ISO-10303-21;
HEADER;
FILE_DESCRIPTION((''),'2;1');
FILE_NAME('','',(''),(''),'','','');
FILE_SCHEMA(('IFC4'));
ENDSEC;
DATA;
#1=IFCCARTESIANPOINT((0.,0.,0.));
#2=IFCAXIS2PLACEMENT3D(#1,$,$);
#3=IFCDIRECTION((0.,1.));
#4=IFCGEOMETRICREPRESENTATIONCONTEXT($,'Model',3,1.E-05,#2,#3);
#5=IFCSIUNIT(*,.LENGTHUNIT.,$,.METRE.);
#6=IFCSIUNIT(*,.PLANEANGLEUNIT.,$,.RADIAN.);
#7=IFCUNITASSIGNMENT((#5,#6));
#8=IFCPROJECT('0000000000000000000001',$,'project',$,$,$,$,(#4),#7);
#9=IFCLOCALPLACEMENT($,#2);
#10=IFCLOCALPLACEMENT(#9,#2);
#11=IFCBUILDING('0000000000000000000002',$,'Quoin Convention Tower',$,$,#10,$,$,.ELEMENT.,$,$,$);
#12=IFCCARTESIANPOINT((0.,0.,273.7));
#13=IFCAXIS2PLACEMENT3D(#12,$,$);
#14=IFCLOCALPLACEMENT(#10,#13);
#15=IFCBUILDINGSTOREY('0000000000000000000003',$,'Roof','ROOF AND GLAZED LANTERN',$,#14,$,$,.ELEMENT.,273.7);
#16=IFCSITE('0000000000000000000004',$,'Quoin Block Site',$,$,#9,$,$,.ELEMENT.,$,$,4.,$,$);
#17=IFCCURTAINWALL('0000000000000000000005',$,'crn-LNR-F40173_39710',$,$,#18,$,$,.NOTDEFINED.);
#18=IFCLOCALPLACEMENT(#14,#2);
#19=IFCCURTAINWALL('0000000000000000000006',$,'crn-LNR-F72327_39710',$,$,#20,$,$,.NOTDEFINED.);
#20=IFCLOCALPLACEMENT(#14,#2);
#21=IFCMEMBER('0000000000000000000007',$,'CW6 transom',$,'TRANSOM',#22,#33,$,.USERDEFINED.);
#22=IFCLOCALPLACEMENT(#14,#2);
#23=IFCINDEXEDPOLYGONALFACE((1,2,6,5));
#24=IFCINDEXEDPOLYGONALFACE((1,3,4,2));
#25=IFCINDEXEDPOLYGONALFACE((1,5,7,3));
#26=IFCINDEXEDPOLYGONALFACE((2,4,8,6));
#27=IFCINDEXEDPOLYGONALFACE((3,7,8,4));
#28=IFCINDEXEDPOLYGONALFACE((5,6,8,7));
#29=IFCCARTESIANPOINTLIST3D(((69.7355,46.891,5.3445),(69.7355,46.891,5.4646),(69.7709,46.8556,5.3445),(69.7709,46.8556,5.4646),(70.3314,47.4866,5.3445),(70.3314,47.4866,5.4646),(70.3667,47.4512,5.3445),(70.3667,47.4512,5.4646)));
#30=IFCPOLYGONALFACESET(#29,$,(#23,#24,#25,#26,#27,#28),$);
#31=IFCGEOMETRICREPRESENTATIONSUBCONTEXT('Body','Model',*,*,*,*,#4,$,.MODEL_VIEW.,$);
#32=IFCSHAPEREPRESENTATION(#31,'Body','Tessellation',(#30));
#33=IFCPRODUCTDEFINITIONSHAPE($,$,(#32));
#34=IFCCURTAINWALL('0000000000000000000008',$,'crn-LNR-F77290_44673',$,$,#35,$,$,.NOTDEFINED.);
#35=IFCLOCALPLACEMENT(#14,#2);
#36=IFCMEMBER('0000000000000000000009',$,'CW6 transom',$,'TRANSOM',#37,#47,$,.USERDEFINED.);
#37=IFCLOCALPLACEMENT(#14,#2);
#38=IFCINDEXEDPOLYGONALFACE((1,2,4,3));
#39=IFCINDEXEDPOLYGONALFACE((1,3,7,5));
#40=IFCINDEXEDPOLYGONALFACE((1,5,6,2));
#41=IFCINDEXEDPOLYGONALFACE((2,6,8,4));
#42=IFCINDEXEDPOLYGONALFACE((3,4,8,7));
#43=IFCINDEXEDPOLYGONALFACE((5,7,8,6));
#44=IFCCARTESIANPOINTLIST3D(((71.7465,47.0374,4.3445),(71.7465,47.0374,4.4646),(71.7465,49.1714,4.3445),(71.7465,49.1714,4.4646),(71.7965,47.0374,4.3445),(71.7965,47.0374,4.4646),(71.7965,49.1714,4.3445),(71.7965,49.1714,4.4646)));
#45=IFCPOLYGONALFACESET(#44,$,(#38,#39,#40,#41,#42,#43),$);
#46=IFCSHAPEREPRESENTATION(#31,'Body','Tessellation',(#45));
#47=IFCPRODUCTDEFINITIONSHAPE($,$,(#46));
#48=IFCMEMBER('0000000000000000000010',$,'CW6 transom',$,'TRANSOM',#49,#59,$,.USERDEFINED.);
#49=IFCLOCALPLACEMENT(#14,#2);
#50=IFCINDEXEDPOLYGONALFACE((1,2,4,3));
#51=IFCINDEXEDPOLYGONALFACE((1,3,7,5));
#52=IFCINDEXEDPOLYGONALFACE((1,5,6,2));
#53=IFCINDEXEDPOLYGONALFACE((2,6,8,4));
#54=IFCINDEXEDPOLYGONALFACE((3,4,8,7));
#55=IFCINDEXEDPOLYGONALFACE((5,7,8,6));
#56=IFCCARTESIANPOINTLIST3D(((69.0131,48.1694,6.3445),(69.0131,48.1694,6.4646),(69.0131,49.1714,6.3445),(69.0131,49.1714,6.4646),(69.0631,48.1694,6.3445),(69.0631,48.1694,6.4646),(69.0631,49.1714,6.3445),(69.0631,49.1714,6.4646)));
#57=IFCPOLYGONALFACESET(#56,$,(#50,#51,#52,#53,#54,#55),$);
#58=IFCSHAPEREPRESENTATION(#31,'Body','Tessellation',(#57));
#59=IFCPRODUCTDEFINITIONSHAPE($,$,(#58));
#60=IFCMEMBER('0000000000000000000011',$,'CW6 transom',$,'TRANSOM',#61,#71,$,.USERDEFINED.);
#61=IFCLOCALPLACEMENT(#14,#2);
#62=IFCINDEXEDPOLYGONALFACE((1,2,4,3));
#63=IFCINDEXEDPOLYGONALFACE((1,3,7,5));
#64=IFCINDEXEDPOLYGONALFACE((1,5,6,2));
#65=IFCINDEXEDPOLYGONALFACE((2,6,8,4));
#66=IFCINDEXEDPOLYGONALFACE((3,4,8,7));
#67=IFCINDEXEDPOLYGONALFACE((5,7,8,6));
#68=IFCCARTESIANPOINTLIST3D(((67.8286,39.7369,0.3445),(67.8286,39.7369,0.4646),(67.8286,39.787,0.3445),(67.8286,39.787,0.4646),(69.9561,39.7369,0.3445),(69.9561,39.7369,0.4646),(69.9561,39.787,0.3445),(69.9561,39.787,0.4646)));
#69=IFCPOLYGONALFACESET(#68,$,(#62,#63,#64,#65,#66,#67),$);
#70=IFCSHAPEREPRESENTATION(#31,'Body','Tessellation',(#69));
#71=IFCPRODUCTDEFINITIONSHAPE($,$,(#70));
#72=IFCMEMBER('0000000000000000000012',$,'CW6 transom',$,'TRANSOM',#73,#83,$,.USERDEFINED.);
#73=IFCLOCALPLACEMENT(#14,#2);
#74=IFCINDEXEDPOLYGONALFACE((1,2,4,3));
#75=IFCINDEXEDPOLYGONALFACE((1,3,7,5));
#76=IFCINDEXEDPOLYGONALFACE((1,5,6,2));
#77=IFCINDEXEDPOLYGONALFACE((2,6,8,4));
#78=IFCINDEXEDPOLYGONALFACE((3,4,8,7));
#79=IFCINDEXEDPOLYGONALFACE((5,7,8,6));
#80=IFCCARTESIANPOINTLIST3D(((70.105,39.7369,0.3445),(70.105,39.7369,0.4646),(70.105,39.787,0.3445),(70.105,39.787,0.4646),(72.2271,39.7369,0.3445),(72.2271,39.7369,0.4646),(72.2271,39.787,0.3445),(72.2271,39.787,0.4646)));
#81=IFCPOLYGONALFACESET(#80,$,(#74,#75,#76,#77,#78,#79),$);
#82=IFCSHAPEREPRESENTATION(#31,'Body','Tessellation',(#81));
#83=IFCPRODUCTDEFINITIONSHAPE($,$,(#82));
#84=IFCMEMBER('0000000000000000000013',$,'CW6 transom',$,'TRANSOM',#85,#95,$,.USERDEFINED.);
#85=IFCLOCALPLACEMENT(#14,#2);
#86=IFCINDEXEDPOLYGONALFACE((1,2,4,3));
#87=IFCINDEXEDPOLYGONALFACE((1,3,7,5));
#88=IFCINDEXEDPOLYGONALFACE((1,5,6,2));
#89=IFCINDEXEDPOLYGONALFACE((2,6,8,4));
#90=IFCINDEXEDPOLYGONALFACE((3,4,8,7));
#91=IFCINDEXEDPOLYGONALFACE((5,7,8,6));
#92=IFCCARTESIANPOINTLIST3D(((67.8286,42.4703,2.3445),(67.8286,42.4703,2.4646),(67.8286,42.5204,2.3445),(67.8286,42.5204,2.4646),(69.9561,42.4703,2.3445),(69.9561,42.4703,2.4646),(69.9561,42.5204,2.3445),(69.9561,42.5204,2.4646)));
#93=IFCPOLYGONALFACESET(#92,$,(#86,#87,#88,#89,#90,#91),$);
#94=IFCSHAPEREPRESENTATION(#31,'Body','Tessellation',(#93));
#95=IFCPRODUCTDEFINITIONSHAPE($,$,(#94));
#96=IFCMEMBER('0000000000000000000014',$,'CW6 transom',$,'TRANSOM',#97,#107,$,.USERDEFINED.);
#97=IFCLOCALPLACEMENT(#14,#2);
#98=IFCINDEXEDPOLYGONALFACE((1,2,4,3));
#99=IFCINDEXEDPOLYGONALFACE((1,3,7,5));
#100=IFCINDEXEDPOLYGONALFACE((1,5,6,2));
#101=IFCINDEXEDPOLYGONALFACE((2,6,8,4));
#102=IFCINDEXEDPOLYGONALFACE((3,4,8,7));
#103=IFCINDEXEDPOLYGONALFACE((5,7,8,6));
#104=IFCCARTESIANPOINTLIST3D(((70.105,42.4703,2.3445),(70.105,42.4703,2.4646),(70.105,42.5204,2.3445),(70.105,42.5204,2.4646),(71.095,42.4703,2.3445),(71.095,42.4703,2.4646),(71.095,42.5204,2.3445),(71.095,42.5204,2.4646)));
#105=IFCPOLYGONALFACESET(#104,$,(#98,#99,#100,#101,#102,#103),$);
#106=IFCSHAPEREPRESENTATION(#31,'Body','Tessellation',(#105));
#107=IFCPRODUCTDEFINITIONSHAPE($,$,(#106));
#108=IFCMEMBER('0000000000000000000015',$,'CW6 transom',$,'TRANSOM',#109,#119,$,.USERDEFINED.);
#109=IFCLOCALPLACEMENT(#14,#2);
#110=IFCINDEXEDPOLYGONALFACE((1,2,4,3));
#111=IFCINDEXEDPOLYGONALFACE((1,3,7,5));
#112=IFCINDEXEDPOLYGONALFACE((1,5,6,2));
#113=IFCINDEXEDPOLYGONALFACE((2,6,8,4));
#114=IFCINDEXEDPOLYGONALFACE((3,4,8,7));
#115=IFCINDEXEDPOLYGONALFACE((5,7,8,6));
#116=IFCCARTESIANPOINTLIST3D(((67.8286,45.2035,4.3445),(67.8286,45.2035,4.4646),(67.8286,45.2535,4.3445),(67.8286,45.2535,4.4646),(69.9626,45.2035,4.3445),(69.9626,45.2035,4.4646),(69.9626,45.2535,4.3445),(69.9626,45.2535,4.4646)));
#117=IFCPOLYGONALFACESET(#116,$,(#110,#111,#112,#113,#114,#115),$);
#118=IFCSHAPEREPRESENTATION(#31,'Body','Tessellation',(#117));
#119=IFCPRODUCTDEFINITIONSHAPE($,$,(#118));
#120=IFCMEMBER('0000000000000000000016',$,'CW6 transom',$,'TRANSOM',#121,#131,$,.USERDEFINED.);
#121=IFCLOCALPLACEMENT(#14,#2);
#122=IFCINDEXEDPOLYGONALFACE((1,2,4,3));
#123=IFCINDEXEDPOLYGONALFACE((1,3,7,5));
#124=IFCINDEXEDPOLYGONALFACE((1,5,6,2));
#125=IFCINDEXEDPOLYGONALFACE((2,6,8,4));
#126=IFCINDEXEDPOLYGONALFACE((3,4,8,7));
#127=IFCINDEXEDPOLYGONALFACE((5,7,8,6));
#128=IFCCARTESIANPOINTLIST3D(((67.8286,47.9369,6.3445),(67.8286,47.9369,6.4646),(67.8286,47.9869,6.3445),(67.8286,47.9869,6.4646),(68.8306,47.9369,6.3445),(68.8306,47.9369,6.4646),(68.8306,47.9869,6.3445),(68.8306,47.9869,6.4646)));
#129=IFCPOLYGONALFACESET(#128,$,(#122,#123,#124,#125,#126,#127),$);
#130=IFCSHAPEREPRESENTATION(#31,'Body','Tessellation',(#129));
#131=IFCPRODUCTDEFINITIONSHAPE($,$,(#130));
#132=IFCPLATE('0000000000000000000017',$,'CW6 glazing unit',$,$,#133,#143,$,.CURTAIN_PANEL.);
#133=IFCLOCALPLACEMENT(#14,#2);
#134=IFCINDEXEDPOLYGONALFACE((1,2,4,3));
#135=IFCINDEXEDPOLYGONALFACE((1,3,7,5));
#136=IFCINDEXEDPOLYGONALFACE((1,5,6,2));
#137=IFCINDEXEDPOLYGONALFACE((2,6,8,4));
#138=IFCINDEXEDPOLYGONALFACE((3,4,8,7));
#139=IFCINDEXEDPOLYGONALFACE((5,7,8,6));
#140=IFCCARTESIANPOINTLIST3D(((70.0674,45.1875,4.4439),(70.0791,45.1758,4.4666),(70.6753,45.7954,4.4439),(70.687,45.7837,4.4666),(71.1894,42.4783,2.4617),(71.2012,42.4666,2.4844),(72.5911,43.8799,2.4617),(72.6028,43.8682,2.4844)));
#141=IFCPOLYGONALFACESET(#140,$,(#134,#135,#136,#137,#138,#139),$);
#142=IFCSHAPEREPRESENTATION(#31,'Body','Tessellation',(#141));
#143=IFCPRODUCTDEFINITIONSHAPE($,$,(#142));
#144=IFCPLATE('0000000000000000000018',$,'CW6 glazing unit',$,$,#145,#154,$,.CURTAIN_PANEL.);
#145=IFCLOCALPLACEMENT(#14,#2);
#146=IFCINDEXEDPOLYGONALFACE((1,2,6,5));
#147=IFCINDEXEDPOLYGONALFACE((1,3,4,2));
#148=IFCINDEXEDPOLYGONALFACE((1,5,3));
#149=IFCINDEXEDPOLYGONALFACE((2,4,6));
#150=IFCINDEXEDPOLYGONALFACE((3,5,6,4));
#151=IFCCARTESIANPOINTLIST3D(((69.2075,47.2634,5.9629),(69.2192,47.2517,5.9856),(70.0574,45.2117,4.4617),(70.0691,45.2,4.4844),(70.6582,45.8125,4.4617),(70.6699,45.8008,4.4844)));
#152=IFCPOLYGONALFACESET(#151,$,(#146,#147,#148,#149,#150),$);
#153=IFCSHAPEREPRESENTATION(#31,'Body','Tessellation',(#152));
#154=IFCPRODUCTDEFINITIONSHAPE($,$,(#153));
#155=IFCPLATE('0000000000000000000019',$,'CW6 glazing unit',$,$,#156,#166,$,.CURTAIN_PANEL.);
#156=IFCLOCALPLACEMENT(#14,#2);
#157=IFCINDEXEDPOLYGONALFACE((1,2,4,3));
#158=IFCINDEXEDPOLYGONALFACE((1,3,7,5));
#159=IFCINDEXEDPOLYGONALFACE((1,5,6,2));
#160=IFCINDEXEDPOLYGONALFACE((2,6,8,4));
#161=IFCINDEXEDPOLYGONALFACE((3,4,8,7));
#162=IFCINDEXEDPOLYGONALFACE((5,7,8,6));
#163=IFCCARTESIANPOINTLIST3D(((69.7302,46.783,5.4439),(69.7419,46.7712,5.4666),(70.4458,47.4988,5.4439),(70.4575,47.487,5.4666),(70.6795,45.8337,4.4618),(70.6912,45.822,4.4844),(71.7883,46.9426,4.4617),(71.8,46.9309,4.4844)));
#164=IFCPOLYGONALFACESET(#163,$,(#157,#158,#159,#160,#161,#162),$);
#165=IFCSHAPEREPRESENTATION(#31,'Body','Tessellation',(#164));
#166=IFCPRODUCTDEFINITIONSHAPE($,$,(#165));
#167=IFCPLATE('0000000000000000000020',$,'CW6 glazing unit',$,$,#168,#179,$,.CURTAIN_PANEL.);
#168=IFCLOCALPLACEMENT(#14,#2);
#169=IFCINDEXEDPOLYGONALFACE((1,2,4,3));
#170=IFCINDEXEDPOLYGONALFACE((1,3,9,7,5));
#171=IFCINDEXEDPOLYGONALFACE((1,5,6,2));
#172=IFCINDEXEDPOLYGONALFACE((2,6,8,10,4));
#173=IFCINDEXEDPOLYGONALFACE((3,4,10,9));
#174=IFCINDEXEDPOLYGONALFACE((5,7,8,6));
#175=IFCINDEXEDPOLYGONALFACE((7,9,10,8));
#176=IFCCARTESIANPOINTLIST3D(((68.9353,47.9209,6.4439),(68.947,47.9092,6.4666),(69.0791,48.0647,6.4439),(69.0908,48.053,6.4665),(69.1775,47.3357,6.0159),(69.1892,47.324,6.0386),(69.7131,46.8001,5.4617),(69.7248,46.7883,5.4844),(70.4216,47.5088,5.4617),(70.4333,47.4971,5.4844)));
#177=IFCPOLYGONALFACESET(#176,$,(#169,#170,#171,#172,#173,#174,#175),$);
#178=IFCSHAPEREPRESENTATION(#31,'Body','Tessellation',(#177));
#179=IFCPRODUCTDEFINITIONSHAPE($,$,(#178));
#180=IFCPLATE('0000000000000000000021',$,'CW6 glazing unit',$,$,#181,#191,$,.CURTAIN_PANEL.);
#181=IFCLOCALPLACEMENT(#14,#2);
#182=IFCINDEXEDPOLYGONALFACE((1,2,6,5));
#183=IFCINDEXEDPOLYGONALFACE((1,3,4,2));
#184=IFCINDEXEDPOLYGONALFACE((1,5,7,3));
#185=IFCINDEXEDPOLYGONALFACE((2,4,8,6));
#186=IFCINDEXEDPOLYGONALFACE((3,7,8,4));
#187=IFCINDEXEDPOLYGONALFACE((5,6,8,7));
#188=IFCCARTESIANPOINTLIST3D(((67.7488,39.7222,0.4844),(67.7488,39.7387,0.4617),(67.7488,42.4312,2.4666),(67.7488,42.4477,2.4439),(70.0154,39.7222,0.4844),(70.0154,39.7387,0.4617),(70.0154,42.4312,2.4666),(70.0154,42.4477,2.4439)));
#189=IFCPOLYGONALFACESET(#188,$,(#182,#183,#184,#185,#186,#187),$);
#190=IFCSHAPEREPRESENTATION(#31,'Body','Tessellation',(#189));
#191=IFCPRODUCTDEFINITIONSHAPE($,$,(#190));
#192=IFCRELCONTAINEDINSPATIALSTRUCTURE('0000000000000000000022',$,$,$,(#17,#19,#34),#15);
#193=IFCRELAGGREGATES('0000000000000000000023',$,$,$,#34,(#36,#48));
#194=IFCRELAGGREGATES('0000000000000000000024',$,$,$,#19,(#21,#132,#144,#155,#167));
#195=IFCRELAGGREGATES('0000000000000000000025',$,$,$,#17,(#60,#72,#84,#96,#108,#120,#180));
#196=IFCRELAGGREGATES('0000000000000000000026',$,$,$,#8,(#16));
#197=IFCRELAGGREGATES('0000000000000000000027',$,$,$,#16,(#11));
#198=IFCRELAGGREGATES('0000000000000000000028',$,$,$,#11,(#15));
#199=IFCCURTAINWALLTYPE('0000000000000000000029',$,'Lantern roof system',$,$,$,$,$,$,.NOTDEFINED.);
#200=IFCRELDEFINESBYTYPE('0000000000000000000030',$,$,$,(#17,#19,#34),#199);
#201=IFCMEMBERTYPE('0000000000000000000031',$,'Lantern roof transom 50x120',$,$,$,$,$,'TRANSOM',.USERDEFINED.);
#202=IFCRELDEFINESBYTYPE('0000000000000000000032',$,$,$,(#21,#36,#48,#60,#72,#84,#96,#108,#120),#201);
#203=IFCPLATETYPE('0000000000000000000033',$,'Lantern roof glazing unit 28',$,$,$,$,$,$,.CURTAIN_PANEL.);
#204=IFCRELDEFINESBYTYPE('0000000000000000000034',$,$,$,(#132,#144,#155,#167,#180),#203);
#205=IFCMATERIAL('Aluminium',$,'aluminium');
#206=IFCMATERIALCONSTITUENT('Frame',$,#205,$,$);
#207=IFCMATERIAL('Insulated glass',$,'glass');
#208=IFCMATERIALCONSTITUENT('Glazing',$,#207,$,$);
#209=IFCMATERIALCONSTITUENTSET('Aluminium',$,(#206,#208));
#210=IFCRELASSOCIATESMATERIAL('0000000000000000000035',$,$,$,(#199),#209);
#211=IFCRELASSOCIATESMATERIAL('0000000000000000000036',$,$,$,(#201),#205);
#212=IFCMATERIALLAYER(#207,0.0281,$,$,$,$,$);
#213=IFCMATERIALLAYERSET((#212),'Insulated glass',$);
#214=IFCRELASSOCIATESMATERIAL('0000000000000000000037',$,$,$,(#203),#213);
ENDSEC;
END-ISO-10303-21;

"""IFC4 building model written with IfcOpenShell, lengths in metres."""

from ifc_helpers import new_model, si_unit, direction, frame, origin, origin_2d, place, context, subcontext, project, spatial, polyline, rectangle, outline, extrude, material, layer, layer_set, constituent, constituent_set, material_profile, profile_set, type_object, element, aggregate, save


model = new_model("IFC4")

# Units and contexts
model_context = context("Model", 3, precision=1e-05, world=origin(), true_north=direction((0.0, 1.0)))
body_context = subcontext(model_context, "Body", "Model", "MODEL_VIEW")
ifc_project = project(units=[si_unit("LENGTHUNIT", "METRE"), si_unit("PLANEANGLEUNIT", "RADIAN")], contexts=[model_context])

# Site, building, storey
site_placement = place(None, origin())
site = spatial("IfcSite", under=ifc_project, at=site_placement, Name="Quoin Block Site", CompositionType="ELEMENT", RefElevation=4.0)
building_placement = place(site_placement, origin())
building = spatial("IfcBuilding", under=site, at=building_placement, Name="Quoin Convention Tower", CompositionType="ELEMENT")
storey_placement = place(building_placement, frame((0.0, 0.0, 273.7)))
storey = spatial("IfcBuildingStorey", under=building, at=storey_placement, Name="Roof", Description="ROOF AND GLAZED LANTERN", CompositionType="ELEMENT", Elevation=273.7)

# Curtain wall
ifc_material_1 = material(Name="Aluminium", Category="aluminium")
ifc_constituent_1 = constituent(ifc_material_1, Name="Frame")
ifc_material_2 = material(Name="Insulated glass", Category="glass")
ifc_constituent_2 = constituent(ifc_material_2, Name="Glazing")
ifc_constituent_set = constituent_set(constituents=[ifc_constituent_1, ifc_constituent_2], Name="Aluminium")
curtain_wall_type = type_object("IfcCurtainWallType", Name="Lantern roof system", PredefinedType="NOTDEFINED", material=ifc_constituent_set)
curtain_wall_1_placement = place(storey_placement, origin())
curtain_wall_1 = element("IfcCurtainWall", 1, at=curtain_wall_1_placement, inside=storey, type_object=curtain_wall_type, Name="crn-LNR-F40173_39710", PredefinedType="NOTDEFINED")

# Curtain walls, members
curtain_wall_2_placement = place(storey_placement, origin())
curtain_wall_2 = element("IfcCurtainWall", 2, at=curtain_wall_2_placement, inside=storey, type_object=curtain_wall_type, Name="crn-LNR-F72327_39710", PredefinedType="NOTDEFINED")
ifc_material_profile_1 = material_profile(ifc_material_1, rectangle(XDim=0.1201, YDim=0.05, at=origin_2d()), Name="Lantern roof transom 50x120")
ifc_profile_set_1 = profile_set([ifc_material_profile_1], Name="Aluminium")
member_type_1 = type_object("IfcMemberType", Name="Lantern roof transom 50x120", ElementType="TRANSOM", PredefinedType="USERDEFINED", material=ifc_profile_set_1)
member_1_placement = place(storey_placement, frame((69.7532, 46.8733, 5.4045), z_axis=(0.707252, 0.706962, 0.0), x_axis=(0.0, 0.0, 1.0)))
member_1 = element("IfcMember", 3, at=member_1_placement, type_object=member_type_1, Name="CW6 transom", ObjectType="TRANSOM", PredefinedType="USERDEFINED", context=body_context, shape_type="SweptSolid", body=[
    extrude(rectangle(XDim=0.1201, YDim=0.05, at=origin_2d()), origin(), (0.0, 0.0, 1.0), 0.8425),
])
curtain_wall_3_placement = place(storey_placement, origin())
curtain_wall_3 = element("IfcCurtainWall", 4, at=curtain_wall_3_placement, inside=storey, type_object=curtain_wall_type, Name="crn-LNR-F77290_44673", PredefinedType="NOTDEFINED")
member_2_placement = place(storey_placement, frame((71.7715, 47.0374, 4.4045), z_axis=(0.0, 1.0, 0.0), x_axis=(0.0, 0.0, 1.0)))
member_2 = element("IfcMember", 5, at=member_2_placement, type_object=member_type_1, Name="CW6 transom", ObjectType="TRANSOM", PredefinedType="USERDEFINED", context=body_context, shape_type="SweptSolid", body=[
    extrude(rectangle(XDim=0.1201, YDim=0.05, at=origin_2d()), origin(), (0.0, 0.0, 1.0), 2.134),
])
member_3_placement = place(storey_placement, frame((69.0381, 48.1694, 6.4045), z_axis=(0.0, 1.0, 0.0), x_axis=(0.0, 0.0, 1.0)))
member_3 = element("IfcMember", 6, at=member_3_placement, type_object=member_type_1, Name="CW6 transom", ObjectType="TRANSOM", PredefinedType="USERDEFINED", context=body_context, shape_type="SweptSolid", body=[
    extrude(rectangle(XDim=0.1201, YDim=0.05, at=origin_2d()), origin(), (0.0, 0.0, 1.0), 1.002),
])
aggregate(curtain_wall_3, [member_2, member_3])

# Members
member_4_placement = place(storey_placement, frame((67.8286, 39.762, 0.4045), z_axis=(1.0, 0.0, 0.0), x_axis=(0.0, 0.0, 1.0)))
member_4 = element("IfcMember", 7, at=member_4_placement, type_object=member_type_1, Name="CW6 transom", ObjectType="TRANSOM", PredefinedType="USERDEFINED", context=body_context, shape_type="SweptSolid", body=[
    extrude(rectangle(XDim=0.1201, YDim=0.05, at=origin_2d()), origin(), (0.0, 0.0, 1.0), 2.1274),
])
member_5_placement = place(storey_placement, frame((70.105, 39.762, 0.4045), z_axis=(1.0, 0.0, 0.0), x_axis=(0.0, 0.0, 1.0)))
member_5 = element("IfcMember", 8, at=member_5_placement, type_object=member_type_1, Name="CW6 transom", ObjectType="TRANSOM", PredefinedType="USERDEFINED", context=body_context, shape_type="SweptSolid", body=[
    extrude(rectangle(XDim=0.1201, YDim=0.05, at=origin_2d()), origin(), (0.0, 0.0, 1.0), 2.1221),
])
member_6_placement = place(storey_placement, frame((67.8286, 42.4954, 2.4045), z_axis=(1.0, 0.0, 0.0), x_axis=(0.0, 0.0, 1.0)))
member_6 = element("IfcMember", 9, at=member_6_placement, type_object=member_type_1, Name="CW6 transom", ObjectType="TRANSOM", PredefinedType="USERDEFINED", context=body_context, shape_type="SweptSolid", body=[
    extrude(rectangle(XDim=0.1201, YDim=0.05, at=origin_2d()), origin(), (0.0, 0.0, 1.0), 2.1274),
])
member_7_placement = place(storey_placement, frame((70.105, 42.4954, 2.4045), z_axis=(1.0, 0.0, 0.0), x_axis=(0.0, 0.0, 1.0)))
member_7 = element("IfcMember", 10, at=member_7_placement, type_object=member_type_1, Name="CW6 transom", ObjectType="TRANSOM", PredefinedType="USERDEFINED", context=body_context, shape_type="SweptSolid", body=[
    extrude(rectangle(XDim=0.1201, YDim=0.05, at=origin_2d()), origin(), (0.0, 0.0, 1.0), 0.99),
])
member_8_placement = place(storey_placement, frame((67.8286, 45.2285, 4.4045), z_axis=(1.0, 0.0, 0.0), x_axis=(0.0, 0.0, 1.0)))
member_8 = element("IfcMember", 11, at=member_8_placement, type_object=member_type_1, Name="CW6 transom", ObjectType="TRANSOM", PredefinedType="USERDEFINED", context=body_context, shape_type="SweptSolid", body=[
    extrude(rectangle(XDim=0.1201, YDim=0.05, at=origin_2d()), origin(), (0.0, 0.0, 1.0), 2.134),
])
member_9_placement = place(storey_placement, frame((67.8286, 47.9619, 6.4045), z_axis=(1.0, 0.0, 0.0), x_axis=(0.0, 0.0, 1.0)))
member_9 = element("IfcMember", 12, at=member_9_placement, type_object=member_type_1, Name="CW6 transom", ObjectType="TRANSOM", PredefinedType="USERDEFINED", context=body_context, shape_type="SweptSolid", body=[
    extrude(rectangle(XDim=0.1201, YDim=0.05, at=origin_2d()), origin(), (0.0, 0.0, 1.0), 1.002),
])

# Plates
ifc_layer = layer(ifc_material_2, 0.0281)
ifc_layer_set = layer_set([ifc_layer], Name="Insulated glass")
plate_type = type_object("IfcPlateType", Name="Lantern roof glazing unit 28", PredefinedType="CURTAIN_PANEL", material=ifc_layer_set)
plate_1_placement = place(storey_placement, frame((70.687, 45.7837, 4.4666), z_axis=(0.417537, -0.417537, 0.807047), x_axis=(0.570705, -0.570632, -0.590487)))
plate_1 = element("IfcPlate", 13, at=plate_1_placement, type_object=plate_type, Name="CW6 glazing unit", PredefinedType="CURTAIN_PANEL", context=body_context, shape_type="SweptSolid", body=[
    extrude(outline(polyline([(0.0, 0.0), (3.3569, 0.0), (3.3567, -1.9822), (0.0, -0.8597), (0.0, 0.0)])), origin(), (0.0, 0.0, -1.0), 0.0281),
])
plate_2_placement = place(storey_placement, frame((70.6699, 45.8008, 4.4844), z_axis=(0.417543, -0.417543, 0.807041), x_axis=(-0.707107, -0.707107, 0.0)))
plate_2 = element("IfcPlate", 14, at=plate_2_placement, type_object=plate_type, Name="CW6 glazing unit", PredefinedType="CURTAIN_PANEL", context=body_context, shape_type="SweptSolid", body=[
    extrude(outline(polyline([(0.0, 0.0), (0.8497, 0.0), (-0.0002, -2.5423), (0.0, 0.0)])), origin(), (0.0, 0.0, -1.0), 0.0281),
])
plate_3_placement = place(storey_placement, frame((71.8, 46.9309, 4.4844), z_axis=(0.417542, -0.417487, 0.807071), x_axis=(-0.70709, -0.707123, 0.000032)))
plate_3 = element("IfcPlate", 15, at=plate_3_placement, type_object=plate_type, Name="CW6 glazing unit", PredefinedType="CURTAIN_PANEL", context=body_context, shape_type="SweptSolid", body=[
    extrude(outline(polyline([(0.0, 0.0), (1.5682, 0.0), (1.5682, -1.6633), (0.5561, -1.6635), (0.0, 0.0)])), origin(), (0.0, 0.0, -1.0), 0.0281),
])
plate_4_placement = place(storey_placement, frame((70.4333, 47.4971, 5.4844), z_axis=(0.417579, -0.417448, 0.807072), x_axis=(-0.706989, -0.707225, -0.000008)))
plate_4 = element("IfcPlate", 16, at=plate_4_placement, type_object=plate_type, Name="CW6 glazing unit", PredefinedType="CURTAIN_PANEL", context=body_context, shape_type="SweptSolid", body=[
    extrude(outline(polyline([(0.0, 0.0), (1.0021, 0.0), (1.002, -0.9386), (0.7594, -1.6634), (0.556, -1.6634), (0.0, 0.0)])), origin(), (0.0, 0.0, -1.0), 0.0281),
])
aggregate(curtain_wall_2, [member_1, plate_1, plate_2, plate_3, plate_4])
plate_5_placement = place(storey_placement, frame((67.7488, 42.4312, 2.4666), z_axis=(0.0, -0.590509, 0.807031), x_axis=(1.0, 0.0, 0.0)))
plate_5 = element("IfcPlate", 17, at=plate_5_placement, type_object=plate_type, Name="CW6 glazing unit", PredefinedType="CURTAIN_PANEL", context=body_context, shape_type="SweptSolid", body=[
    extrude(outline(polyline([(0.0, 0.0), (2.2666, 0.0), (2.2666, -3.3567), (0.0, -3.3567), (0.0, 0.0)])), origin(), (0.0, 0.0, -1.0), 0.0281),
])
aggregate(curtain_wall_1, [member_4, member_5, member_6, member_7, member_8, member_9, plate_5])

save(model, "model.ifc")
